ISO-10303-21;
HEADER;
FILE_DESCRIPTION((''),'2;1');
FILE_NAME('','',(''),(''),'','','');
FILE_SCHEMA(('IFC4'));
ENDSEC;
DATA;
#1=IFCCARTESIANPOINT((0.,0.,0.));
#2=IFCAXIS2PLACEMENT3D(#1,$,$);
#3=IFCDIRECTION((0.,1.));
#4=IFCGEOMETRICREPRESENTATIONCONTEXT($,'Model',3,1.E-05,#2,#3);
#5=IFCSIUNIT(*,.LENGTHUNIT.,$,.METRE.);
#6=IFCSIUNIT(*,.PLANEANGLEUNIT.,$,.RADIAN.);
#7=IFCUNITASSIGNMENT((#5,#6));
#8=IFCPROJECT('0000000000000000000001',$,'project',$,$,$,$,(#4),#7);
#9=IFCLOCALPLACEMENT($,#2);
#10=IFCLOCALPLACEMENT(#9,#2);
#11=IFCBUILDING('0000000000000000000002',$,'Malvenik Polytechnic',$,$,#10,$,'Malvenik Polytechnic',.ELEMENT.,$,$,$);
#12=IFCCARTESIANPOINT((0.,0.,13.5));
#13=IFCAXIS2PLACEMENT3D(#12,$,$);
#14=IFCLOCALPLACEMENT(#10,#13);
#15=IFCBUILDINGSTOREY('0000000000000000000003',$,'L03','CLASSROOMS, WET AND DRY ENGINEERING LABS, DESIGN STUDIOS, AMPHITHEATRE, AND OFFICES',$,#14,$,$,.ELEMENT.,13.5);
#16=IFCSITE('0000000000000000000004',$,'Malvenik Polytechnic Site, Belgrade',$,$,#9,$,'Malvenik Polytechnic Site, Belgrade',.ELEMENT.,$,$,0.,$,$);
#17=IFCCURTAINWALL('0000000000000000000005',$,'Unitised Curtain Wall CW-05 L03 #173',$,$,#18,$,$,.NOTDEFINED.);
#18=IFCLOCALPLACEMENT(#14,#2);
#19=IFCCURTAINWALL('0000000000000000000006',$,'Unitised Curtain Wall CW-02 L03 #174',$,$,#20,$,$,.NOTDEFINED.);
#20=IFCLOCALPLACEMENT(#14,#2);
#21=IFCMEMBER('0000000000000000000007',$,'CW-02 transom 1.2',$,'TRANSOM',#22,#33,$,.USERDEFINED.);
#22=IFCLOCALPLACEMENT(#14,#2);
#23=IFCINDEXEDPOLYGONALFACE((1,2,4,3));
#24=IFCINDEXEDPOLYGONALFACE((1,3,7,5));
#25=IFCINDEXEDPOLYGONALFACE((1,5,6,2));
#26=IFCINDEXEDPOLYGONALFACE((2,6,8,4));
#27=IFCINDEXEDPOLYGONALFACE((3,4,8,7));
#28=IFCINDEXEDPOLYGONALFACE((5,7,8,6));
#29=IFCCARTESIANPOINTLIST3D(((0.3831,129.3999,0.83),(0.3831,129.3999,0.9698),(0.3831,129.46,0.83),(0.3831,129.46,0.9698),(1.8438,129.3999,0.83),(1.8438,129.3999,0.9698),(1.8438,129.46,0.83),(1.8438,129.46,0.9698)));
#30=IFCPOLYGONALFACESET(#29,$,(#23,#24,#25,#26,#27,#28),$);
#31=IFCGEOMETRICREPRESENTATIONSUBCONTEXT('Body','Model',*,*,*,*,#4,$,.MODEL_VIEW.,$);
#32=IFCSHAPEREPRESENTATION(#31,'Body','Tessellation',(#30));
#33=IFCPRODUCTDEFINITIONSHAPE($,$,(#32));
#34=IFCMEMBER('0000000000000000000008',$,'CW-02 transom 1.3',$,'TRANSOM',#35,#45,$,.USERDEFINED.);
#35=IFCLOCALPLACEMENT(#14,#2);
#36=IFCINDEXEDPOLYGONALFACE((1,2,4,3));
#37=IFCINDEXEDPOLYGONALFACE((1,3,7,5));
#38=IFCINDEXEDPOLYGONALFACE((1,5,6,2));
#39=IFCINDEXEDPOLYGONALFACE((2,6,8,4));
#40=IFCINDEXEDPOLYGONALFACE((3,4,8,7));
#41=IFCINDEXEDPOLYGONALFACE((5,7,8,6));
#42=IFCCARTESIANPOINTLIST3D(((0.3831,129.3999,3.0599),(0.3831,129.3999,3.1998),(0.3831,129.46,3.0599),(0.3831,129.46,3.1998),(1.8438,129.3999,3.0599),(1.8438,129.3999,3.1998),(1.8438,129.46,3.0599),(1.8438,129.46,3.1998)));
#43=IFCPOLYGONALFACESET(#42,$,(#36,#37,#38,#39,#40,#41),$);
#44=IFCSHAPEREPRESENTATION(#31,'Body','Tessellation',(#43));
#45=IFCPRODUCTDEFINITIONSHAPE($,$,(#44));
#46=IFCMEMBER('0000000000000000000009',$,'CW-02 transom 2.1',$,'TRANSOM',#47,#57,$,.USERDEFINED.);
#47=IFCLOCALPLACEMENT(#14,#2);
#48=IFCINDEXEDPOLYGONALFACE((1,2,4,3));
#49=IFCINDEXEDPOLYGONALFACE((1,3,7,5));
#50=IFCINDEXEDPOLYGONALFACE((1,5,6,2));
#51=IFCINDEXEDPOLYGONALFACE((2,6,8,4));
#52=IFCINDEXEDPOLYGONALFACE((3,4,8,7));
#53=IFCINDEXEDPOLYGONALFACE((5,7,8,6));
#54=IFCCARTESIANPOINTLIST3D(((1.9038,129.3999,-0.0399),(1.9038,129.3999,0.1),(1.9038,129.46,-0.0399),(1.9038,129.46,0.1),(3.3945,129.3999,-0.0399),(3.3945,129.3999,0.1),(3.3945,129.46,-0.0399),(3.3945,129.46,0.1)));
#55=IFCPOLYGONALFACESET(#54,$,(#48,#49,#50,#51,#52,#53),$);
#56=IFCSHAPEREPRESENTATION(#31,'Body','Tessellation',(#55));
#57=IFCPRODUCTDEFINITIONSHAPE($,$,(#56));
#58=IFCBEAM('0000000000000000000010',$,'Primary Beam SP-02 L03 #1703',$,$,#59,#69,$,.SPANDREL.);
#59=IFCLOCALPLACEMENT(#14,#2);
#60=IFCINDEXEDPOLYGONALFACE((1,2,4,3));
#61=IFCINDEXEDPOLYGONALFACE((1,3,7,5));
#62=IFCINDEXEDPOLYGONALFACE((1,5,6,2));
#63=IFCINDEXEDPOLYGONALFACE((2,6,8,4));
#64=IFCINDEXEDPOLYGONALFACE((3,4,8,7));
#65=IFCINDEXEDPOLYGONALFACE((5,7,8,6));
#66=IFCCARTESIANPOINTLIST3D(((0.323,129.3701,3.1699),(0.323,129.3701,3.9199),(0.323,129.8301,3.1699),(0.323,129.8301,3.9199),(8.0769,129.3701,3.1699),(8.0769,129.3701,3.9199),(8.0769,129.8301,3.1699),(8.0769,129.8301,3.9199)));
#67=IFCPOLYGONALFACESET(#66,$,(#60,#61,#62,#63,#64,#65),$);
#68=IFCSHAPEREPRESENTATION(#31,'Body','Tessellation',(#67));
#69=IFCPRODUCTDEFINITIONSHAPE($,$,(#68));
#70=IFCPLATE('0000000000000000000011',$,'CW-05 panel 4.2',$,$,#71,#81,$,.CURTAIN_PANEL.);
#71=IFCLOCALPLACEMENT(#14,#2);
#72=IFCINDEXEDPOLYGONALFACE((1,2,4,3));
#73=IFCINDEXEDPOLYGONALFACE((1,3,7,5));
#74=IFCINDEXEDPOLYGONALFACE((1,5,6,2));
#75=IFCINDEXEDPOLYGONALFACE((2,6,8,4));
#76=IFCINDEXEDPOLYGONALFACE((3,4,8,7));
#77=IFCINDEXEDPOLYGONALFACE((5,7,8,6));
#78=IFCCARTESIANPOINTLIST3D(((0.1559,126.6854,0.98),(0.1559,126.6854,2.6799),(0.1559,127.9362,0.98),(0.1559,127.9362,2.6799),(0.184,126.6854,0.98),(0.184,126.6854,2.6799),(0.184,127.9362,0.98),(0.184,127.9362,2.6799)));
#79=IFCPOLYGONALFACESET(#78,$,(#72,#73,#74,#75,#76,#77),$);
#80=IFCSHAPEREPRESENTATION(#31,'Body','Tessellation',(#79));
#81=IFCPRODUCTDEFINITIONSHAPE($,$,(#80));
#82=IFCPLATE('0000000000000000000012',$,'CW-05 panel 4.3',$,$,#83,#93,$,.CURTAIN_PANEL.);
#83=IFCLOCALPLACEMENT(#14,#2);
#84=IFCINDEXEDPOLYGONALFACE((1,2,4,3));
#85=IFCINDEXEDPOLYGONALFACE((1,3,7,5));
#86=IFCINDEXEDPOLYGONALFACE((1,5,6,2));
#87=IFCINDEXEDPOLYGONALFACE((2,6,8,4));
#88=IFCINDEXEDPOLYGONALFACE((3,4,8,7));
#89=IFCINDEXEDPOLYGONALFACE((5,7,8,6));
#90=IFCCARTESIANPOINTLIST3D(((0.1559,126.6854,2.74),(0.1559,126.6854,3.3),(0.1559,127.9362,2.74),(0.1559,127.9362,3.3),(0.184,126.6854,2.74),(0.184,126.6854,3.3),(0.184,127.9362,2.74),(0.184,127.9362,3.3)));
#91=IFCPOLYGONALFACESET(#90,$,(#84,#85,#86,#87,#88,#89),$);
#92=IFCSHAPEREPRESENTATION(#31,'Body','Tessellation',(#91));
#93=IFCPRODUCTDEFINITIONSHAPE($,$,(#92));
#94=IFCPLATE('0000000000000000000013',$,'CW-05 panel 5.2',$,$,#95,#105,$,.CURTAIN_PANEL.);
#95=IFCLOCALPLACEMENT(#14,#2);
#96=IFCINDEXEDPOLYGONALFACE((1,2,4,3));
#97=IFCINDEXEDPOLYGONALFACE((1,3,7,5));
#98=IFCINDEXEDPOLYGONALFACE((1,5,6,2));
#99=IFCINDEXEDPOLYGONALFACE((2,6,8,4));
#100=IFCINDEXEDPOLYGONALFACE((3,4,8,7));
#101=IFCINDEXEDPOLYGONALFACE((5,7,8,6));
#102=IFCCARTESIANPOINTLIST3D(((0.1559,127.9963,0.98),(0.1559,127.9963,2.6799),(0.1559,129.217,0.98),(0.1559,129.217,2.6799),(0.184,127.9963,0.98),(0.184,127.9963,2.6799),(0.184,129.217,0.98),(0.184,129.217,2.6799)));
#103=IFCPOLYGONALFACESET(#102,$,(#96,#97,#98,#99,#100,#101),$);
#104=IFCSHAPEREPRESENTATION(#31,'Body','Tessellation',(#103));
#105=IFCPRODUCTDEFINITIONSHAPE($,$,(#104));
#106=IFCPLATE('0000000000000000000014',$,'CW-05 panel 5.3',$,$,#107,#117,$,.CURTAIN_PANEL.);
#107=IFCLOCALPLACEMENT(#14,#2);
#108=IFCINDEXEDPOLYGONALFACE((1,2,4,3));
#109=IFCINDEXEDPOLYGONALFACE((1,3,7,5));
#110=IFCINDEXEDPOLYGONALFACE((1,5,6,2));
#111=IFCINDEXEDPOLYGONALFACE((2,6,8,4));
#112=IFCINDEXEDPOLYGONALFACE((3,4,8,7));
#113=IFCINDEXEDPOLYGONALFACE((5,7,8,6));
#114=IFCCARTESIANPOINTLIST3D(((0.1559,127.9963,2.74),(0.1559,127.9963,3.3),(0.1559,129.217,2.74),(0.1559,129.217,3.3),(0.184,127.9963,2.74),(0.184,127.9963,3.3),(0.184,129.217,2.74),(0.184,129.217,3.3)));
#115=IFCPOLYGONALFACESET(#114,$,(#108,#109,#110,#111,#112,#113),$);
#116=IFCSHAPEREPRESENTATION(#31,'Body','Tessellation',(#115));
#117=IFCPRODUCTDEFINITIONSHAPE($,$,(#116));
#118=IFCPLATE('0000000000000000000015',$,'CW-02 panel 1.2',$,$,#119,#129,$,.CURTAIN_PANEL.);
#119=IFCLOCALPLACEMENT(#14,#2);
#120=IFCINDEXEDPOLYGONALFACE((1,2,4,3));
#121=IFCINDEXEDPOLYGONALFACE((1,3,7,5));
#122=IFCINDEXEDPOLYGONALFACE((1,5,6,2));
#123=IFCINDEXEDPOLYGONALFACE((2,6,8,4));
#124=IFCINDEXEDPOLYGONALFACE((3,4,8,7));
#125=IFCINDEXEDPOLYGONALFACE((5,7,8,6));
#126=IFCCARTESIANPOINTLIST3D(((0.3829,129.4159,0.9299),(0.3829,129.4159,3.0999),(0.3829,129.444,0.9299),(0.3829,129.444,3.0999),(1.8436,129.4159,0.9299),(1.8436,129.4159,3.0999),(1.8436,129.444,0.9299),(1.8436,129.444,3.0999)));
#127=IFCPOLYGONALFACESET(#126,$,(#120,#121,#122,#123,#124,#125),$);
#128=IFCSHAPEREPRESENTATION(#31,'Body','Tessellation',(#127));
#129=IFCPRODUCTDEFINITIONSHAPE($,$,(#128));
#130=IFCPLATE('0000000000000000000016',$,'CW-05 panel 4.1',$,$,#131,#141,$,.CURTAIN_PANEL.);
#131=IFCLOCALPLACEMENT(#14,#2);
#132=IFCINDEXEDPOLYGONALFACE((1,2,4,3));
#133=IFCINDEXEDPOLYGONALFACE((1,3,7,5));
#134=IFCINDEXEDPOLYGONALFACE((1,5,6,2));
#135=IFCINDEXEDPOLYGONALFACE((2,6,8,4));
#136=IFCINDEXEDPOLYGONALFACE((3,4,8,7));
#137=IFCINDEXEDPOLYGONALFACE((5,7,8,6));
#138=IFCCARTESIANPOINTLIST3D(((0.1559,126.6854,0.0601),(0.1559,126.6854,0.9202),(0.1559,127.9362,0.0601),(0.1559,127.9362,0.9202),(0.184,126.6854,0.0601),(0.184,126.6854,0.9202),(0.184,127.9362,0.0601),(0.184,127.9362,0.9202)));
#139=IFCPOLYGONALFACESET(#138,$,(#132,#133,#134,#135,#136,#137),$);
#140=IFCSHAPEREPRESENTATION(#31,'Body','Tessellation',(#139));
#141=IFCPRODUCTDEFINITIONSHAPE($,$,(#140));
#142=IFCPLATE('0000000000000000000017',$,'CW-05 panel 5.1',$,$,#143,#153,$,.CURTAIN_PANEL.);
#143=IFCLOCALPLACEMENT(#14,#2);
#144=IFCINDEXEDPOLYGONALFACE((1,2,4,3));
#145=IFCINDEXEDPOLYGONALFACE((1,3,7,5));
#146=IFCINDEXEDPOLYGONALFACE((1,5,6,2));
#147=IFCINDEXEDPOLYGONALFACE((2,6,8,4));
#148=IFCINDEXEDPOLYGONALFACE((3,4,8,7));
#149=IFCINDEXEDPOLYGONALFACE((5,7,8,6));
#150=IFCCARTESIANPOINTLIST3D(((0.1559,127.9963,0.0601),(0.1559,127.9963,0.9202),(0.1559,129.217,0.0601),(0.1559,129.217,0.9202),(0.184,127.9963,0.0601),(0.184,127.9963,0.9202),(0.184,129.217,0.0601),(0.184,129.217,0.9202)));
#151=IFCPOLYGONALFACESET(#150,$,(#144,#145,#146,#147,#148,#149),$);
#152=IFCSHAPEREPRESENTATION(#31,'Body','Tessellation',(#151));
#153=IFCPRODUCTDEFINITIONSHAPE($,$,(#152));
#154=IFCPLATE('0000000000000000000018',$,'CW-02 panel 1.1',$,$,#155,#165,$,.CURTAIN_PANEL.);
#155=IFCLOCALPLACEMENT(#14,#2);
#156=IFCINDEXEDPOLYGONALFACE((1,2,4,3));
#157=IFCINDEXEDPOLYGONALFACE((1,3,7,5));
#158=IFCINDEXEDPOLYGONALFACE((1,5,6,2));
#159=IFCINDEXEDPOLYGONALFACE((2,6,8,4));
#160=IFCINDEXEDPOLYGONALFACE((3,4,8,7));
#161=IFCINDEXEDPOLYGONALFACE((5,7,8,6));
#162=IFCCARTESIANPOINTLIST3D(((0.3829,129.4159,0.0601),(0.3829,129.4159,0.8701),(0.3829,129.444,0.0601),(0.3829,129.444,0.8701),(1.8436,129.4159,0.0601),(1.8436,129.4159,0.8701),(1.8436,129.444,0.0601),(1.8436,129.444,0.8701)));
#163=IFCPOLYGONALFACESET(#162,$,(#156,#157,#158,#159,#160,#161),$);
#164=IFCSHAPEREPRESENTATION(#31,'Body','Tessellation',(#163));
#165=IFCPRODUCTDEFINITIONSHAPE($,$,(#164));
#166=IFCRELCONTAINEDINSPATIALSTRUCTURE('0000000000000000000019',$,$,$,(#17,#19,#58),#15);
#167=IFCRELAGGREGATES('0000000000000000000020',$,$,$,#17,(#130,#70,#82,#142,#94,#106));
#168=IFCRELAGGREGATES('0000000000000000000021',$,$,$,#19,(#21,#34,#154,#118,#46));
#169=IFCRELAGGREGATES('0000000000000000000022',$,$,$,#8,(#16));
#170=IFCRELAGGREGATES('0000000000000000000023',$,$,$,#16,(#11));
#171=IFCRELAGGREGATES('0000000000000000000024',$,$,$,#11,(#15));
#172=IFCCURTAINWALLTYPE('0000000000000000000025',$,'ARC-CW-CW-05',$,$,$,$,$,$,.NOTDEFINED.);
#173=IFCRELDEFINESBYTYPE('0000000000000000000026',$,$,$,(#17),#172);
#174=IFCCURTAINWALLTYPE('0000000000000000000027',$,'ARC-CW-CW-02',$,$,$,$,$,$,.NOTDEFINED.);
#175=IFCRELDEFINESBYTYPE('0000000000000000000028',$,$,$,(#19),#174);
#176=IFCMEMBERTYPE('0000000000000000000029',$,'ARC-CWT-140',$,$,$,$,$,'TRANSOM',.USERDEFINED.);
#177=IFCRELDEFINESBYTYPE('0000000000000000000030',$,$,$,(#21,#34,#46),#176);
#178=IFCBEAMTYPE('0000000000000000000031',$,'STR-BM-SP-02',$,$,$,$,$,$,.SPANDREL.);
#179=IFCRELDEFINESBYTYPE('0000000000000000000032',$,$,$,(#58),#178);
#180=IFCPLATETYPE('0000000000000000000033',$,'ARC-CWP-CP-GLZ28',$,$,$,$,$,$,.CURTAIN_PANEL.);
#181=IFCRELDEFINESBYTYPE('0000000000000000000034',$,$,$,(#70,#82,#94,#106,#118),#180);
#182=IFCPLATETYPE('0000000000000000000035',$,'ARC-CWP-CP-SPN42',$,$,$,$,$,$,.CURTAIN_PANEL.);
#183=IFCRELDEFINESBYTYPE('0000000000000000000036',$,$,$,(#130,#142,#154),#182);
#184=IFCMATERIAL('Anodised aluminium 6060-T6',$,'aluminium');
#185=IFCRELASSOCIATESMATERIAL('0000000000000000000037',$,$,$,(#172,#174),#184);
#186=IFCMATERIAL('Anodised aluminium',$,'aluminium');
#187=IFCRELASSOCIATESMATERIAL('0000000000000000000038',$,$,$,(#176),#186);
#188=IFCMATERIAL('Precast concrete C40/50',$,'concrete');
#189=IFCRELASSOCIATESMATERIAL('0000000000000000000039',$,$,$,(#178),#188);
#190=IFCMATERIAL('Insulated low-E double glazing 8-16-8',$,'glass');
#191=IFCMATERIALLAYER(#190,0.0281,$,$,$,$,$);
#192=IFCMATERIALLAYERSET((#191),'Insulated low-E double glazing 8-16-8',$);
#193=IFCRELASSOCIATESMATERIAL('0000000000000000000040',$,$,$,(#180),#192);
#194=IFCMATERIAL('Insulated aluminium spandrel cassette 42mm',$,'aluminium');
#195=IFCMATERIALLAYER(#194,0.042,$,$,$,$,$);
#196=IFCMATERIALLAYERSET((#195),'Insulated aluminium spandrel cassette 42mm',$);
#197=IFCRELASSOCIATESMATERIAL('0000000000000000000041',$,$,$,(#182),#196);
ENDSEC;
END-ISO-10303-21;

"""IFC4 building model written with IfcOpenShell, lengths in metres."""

from ifc_helpers import new_model, si_unit, direction, frame, origin, origin_2d, place, context, subcontext, project, spatial, rectangle, extrude, material, layer, layer_set, material_profile, profile_set, type_object, element, aggregate, save


model = new_model("IFC4")

# Units and contexts
model_context = context("Model", 3, precision=1e-05, world=origin(), true_north=direction((0.0, 1.0)))
body_context = subcontext(model_context, "Body", "Model", "MODEL_VIEW")
ifc_project = project(units=[si_unit("LENGTHUNIT", "METRE"), si_unit("PLANEANGLEUNIT", "RADIAN")], contexts=[model_context])

# Site, building, storey
site_placement = place(None, origin())
site = spatial("IfcSite", under=ifc_project, at=site_placement, Name="Malvenik Polytechnic Site, Belgrade", LongName="Malvenik Polytechnic Site, Belgrade", CompositionType="ELEMENT", RefElevation=0.0)
building_placement = place(site_placement, origin())
building = spatial("IfcBuilding", under=site, at=building_placement, Name="Malvenik Polytechnic", LongName="Malvenik Polytechnic", CompositionType="ELEMENT")
storey_placement = place(building_placement, frame((0.0, 0.0, 13.5)))
storey = spatial("IfcBuildingStorey", under=building, at=storey_placement, Name="L03", Description="CLASSROOMS, WET AND DRY ENGINEERING LABS, DESIGN STUDIOS, AMPHITHEATRE, AND OFFICES", CompositionType="ELEMENT", Elevation=13.5)

# Curtain walls
ifc_material_1 = material(Name="Anodised aluminium 6060-T6", Category="aluminium")
curtain_wall_type_1 = type_object("IfcCurtainWallType", Name="ARC-CW-CW-05", PredefinedType="NOTDEFINED", material=ifc_material_1)
curtain_wall_1_placement = place(storey_placement, origin())
curtain_wall_1 = element("IfcCurtainWall", 1, at=curtain_wall_1_placement, inside=storey, type_object=curtain_wall_type_1, Name="Unitised Curtain Wall CW-05 L03 #173", PredefinedType="NOTDEFINED")
ifc_material_2 = material(Name="Anodised aluminium", Category="aluminium")
curtain_wall_type_2 = type_object("IfcCurtainWallType", Name="ARC-CW-CW-02", PredefinedType="NOTDEFINED", material=ifc_material_1)
curtain_wall_2_placement = place(storey_placement, origin())
curtain_wall_2 = element("IfcCurtainWall", 2, at=curtain_wall_2_placement, inside=storey, type_object=curtain_wall_type_2, Name="Unitised Curtain Wall CW-02 L03 #174", PredefinedType="NOTDEFINED")

# Members
ifc_material_profile_1 = material_profile(ifc_material_2, rectangle(XDim=0.0601, YDim=0.1399, at=origin_2d()), Name="ALU TRANSOM 60x140")
ifc_profile_set_1 = profile_set([ifc_material_profile_1], Name="Anodised aluminium")
member_type_1 = type_object("IfcMemberType", Name="ARC-CWT-140", ElementType="TRANSOM", PredefinedType="USERDEFINED", material=ifc_profile_set_1)
member_1_placement = place(storey_placement, frame((0.3831, 129.4299, 0.8999), z_axis=(1.0, 0.0, 0.0), x_axis=(0.0, 1.0, 0.0)))
member_1 = element("IfcMember", 3, at=member_1_placement, type_object=member_type_1, Name="CW-02 transom 1.2", ObjectType="TRANSOM", PredefinedType="USERDEFINED", context=body_context, shape_type="SweptSolid", body=[
    extrude(rectangle(XDim=0.0601, YDim=0.1399, at=origin_2d()), origin(), (0.0, 0.0, 1.0), 1.4607),
])
member_2_placement = place(storey_placement, frame((0.3831, 129.4299, 3.1299), z_axis=(1.0, 0.0, 0.0), x_axis=(0.0, 1.0, 0.0)))
member_2 = element("IfcMember", 4, at=member_2_placement, type_object=member_type_1, Name="CW-02 transom 1.3", ObjectType="TRANSOM", PredefinedType="USERDEFINED", context=body_context, shape_type="SweptSolid", body=[
    extrude(rectangle(XDim=0.0601, YDim=0.1399, at=origin_2d()), origin(), (0.0, 0.0, 1.0), 1.4607),
])
member_3_placement = place(storey_placement, frame((1.9038, 129.4299, 0.03), z_axis=(1.0, 0.0, 0.0), x_axis=(0.0, 1.0, 0.0)))
member_3 = element("IfcMember", 5, at=member_3_placement, type_object=member_type_1, Name="CW-02 transom 2.1", ObjectType="TRANSOM", PredefinedType="USERDEFINED", context=body_context, shape_type="SweptSolid", body=[
    extrude(rectangle(XDim=0.0601, YDim=0.1399, at=origin_2d()), origin(), (0.0, 0.0, 1.0), 1.4907),
])

# Beam
ifc_material_3 = material(Name="Precast concrete C40/50", Category="concrete")
ifc_material_profile_2 = material_profile(ifc_material_3, rectangle(XDim=0.46, YDim=0.75, at=origin_2d()), Name="PC SPN 460x750")
ifc_profile_set_2 = profile_set([ifc_material_profile_2], Name="Precast concrete C40/50")
beam_type = type_object("IfcBeamType", Name="STR-BM-SP-02", PredefinedType="SPANDREL", material=ifc_profile_set_2)
beam_placement = place(storey_placement, frame((0.323, 129.6001, 3.5449), z_axis=(1.0, 0.0, 0.0), x_axis=(0.0, 1.0, 0.0)))
element("IfcBeam", 6, at=beam_placement, inside=storey, type_object=beam_type, Name="Primary Beam SP-02 L03 #1703", PredefinedType="SPANDREL", context=body_context, shape_type="SweptSolid", body=[
    extrude(rectangle(XDim=0.46, YDim=0.75, at=origin_2d()), origin(), (0.0, 0.0, 1.0), 7.7539),
])

# Plates
ifc_material_4 = material(Name="Insulated low-E double glazing 8-16-8", Category="glass")
ifc_layer_1 = layer(ifc_material_4, 0.0281)
ifc_layer_set_1 = layer_set([ifc_layer_1], Name="Insulated low-E double glazing 8-16-8")
plate_type_1 = type_object("IfcPlateType", Name="ARC-CWP-CP-GLZ28", PredefinedType="CURTAIN_PANEL", material=ifc_layer_set_1)
plate_1_placement = place(storey_placement, frame((0.1699, 127.3108, 0.98), z_axis=(0.0, 0.0, 1.0), x_axis=(0.0, 1.0, 0.0)))
plate_1 = element("IfcPlate", 7, at=plate_1_placement, type_object=plate_type_1, Name="CW-05 panel 4.2", PredefinedType="CURTAIN_PANEL", context=body_context, shape_type="SweptSolid", body=[
    extrude(rectangle(XDim=1.2507, YDim=0.0281, at=origin_2d()), origin(), (0.0, 0.0, 1.0), 1.7),
])
plate_2_placement = place(storey_placement, frame((0.1699, 127.3108, 2.74), z_axis=(0.0, 0.0, 1.0), x_axis=(0.0, 1.0, 0.0)))
plate_2 = element("IfcPlate", 8, at=plate_2_placement, type_object=plate_type_1, Name="CW-05 panel 4.3", PredefinedType="CURTAIN_PANEL", context=body_context, shape_type="SweptSolid", body=[
    extrude(rectangle(XDim=1.2507, YDim=0.0281, at=origin_2d()), origin(), (0.0, 0.0, 1.0), 0.5601),
])
plate_3_placement = place(storey_placement, frame((0.1699, 128.6067, 0.98), z_axis=(0.0, 0.0, 1.0), x_axis=(0.0, 1.0, 0.0)))
plate_3 = element("IfcPlate", 9, at=plate_3_placement, type_object=plate_type_1, Name="CW-05 panel 5.2", PredefinedType="CURTAIN_PANEL", context=body_context, shape_type="SweptSolid", body=[
    extrude(rectangle(XDim=1.2207, YDim=0.0281, at=origin_2d()), origin(), (0.0, 0.0, 1.0), 1.7),
])
plate_4_placement = place(storey_placement, frame((0.1699, 128.6067, 2.74), z_axis=(0.0, 0.0, 1.0), x_axis=(0.0, 1.0, 0.0)))
plate_4 = element("IfcPlate", 10, at=plate_4_placement, type_object=plate_type_1, Name="CW-05 panel 5.3", PredefinedType="CURTAIN_PANEL", context=body_context, shape_type="SweptSolid", body=[
    extrude(rectangle(XDim=1.2207, YDim=0.0281, at=origin_2d()), origin(), (0.0, 0.0, 1.0), 0.5601),
])
plate_5_placement = place(storey_placement, frame((1.1133, 129.4299, 0.9299), z_axis=(0.0, 0.0, 1.0), x_axis=(1.0, 0.0, 0.0)))
plate_5 = element("IfcPlate", 11, at=plate_5_placement, type_object=plate_type_1, Name="CW-02 panel 1.2", PredefinedType="CURTAIN_PANEL", context=body_context, shape_type="SweptSolid", body=[
    extrude(rectangle(XDim=1.4607, YDim=0.0281, at=origin_2d()), origin(), (0.0, 0.0, 1.0), 2.1699),
])
ifc_material_5 = material(Name="Insulated aluminium spandrel cassette 42mm", Category="aluminium")
ifc_layer_2 = layer(ifc_material_5, 0.042)
ifc_layer_set_2 = layer_set([ifc_layer_2], Name="Insulated aluminium spandrel cassette 42mm")
plate_type_2 = type_object("IfcPlateType", Name="ARC-CWP-CP-SPN42", PredefinedType="CURTAIN_PANEL", material=ifc_layer_set_2)
plate_6_placement = place(storey_placement, frame((0.1699, 127.3108, 0.0601), z_axis=(0.0, 0.0, 1.0), x_axis=(0.0, 1.0, 0.0)))
plate_6 = element("IfcPlate", 12, at=plate_6_placement, type_object=plate_type_2, Name="CW-05 panel 4.1", PredefinedType="CURTAIN_PANEL", context=body_context, shape_type="SweptSolid", body=[
    extrude(rectangle(XDim=1.2507, YDim=0.0281, at=origin_2d()), origin(), (0.0, 0.0, 1.0), 0.8601),
])
plate_7_placement = place(storey_placement, frame((0.1699, 128.6067, 0.0601), z_axis=(0.0, 0.0, 1.0), x_axis=(0.0, 1.0, 0.0)))
plate_7 = element("IfcPlate", 13, at=plate_7_placement, type_object=plate_type_2, Name="CW-05 panel 5.1", PredefinedType="CURTAIN_PANEL", context=body_context, shape_type="SweptSolid", body=[
    extrude(rectangle(XDim=1.2207, YDim=0.0281, at=origin_2d()), origin(), (0.0, 0.0, 1.0), 0.8601),
])
aggregate(curtain_wall_1, [plate_6, plate_1, plate_2, plate_7, plate_3, plate_4])
plate_8_placement = place(storey_placement, frame((1.1133, 129.4299, 0.0601), z_axis=(0.0, 0.0, 1.0), x_axis=(1.0, 0.0, 0.0)))
plate_8 = element("IfcPlate", 14, at=plate_8_placement, type_object=plate_type_2, Name="CW-02 panel 1.1", PredefinedType="CURTAIN_PANEL", context=body_context, shape_type="SweptSolid", body=[
    extrude(rectangle(XDim=1.4607, YDim=0.0281, at=origin_2d()), origin(), (0.0, 0.0, 1.0), 0.8101),
])
aggregate(curtain_wall_2, [member_1, member_2, plate_8, plate_5, member_3])

save(model, "model.ifc")
